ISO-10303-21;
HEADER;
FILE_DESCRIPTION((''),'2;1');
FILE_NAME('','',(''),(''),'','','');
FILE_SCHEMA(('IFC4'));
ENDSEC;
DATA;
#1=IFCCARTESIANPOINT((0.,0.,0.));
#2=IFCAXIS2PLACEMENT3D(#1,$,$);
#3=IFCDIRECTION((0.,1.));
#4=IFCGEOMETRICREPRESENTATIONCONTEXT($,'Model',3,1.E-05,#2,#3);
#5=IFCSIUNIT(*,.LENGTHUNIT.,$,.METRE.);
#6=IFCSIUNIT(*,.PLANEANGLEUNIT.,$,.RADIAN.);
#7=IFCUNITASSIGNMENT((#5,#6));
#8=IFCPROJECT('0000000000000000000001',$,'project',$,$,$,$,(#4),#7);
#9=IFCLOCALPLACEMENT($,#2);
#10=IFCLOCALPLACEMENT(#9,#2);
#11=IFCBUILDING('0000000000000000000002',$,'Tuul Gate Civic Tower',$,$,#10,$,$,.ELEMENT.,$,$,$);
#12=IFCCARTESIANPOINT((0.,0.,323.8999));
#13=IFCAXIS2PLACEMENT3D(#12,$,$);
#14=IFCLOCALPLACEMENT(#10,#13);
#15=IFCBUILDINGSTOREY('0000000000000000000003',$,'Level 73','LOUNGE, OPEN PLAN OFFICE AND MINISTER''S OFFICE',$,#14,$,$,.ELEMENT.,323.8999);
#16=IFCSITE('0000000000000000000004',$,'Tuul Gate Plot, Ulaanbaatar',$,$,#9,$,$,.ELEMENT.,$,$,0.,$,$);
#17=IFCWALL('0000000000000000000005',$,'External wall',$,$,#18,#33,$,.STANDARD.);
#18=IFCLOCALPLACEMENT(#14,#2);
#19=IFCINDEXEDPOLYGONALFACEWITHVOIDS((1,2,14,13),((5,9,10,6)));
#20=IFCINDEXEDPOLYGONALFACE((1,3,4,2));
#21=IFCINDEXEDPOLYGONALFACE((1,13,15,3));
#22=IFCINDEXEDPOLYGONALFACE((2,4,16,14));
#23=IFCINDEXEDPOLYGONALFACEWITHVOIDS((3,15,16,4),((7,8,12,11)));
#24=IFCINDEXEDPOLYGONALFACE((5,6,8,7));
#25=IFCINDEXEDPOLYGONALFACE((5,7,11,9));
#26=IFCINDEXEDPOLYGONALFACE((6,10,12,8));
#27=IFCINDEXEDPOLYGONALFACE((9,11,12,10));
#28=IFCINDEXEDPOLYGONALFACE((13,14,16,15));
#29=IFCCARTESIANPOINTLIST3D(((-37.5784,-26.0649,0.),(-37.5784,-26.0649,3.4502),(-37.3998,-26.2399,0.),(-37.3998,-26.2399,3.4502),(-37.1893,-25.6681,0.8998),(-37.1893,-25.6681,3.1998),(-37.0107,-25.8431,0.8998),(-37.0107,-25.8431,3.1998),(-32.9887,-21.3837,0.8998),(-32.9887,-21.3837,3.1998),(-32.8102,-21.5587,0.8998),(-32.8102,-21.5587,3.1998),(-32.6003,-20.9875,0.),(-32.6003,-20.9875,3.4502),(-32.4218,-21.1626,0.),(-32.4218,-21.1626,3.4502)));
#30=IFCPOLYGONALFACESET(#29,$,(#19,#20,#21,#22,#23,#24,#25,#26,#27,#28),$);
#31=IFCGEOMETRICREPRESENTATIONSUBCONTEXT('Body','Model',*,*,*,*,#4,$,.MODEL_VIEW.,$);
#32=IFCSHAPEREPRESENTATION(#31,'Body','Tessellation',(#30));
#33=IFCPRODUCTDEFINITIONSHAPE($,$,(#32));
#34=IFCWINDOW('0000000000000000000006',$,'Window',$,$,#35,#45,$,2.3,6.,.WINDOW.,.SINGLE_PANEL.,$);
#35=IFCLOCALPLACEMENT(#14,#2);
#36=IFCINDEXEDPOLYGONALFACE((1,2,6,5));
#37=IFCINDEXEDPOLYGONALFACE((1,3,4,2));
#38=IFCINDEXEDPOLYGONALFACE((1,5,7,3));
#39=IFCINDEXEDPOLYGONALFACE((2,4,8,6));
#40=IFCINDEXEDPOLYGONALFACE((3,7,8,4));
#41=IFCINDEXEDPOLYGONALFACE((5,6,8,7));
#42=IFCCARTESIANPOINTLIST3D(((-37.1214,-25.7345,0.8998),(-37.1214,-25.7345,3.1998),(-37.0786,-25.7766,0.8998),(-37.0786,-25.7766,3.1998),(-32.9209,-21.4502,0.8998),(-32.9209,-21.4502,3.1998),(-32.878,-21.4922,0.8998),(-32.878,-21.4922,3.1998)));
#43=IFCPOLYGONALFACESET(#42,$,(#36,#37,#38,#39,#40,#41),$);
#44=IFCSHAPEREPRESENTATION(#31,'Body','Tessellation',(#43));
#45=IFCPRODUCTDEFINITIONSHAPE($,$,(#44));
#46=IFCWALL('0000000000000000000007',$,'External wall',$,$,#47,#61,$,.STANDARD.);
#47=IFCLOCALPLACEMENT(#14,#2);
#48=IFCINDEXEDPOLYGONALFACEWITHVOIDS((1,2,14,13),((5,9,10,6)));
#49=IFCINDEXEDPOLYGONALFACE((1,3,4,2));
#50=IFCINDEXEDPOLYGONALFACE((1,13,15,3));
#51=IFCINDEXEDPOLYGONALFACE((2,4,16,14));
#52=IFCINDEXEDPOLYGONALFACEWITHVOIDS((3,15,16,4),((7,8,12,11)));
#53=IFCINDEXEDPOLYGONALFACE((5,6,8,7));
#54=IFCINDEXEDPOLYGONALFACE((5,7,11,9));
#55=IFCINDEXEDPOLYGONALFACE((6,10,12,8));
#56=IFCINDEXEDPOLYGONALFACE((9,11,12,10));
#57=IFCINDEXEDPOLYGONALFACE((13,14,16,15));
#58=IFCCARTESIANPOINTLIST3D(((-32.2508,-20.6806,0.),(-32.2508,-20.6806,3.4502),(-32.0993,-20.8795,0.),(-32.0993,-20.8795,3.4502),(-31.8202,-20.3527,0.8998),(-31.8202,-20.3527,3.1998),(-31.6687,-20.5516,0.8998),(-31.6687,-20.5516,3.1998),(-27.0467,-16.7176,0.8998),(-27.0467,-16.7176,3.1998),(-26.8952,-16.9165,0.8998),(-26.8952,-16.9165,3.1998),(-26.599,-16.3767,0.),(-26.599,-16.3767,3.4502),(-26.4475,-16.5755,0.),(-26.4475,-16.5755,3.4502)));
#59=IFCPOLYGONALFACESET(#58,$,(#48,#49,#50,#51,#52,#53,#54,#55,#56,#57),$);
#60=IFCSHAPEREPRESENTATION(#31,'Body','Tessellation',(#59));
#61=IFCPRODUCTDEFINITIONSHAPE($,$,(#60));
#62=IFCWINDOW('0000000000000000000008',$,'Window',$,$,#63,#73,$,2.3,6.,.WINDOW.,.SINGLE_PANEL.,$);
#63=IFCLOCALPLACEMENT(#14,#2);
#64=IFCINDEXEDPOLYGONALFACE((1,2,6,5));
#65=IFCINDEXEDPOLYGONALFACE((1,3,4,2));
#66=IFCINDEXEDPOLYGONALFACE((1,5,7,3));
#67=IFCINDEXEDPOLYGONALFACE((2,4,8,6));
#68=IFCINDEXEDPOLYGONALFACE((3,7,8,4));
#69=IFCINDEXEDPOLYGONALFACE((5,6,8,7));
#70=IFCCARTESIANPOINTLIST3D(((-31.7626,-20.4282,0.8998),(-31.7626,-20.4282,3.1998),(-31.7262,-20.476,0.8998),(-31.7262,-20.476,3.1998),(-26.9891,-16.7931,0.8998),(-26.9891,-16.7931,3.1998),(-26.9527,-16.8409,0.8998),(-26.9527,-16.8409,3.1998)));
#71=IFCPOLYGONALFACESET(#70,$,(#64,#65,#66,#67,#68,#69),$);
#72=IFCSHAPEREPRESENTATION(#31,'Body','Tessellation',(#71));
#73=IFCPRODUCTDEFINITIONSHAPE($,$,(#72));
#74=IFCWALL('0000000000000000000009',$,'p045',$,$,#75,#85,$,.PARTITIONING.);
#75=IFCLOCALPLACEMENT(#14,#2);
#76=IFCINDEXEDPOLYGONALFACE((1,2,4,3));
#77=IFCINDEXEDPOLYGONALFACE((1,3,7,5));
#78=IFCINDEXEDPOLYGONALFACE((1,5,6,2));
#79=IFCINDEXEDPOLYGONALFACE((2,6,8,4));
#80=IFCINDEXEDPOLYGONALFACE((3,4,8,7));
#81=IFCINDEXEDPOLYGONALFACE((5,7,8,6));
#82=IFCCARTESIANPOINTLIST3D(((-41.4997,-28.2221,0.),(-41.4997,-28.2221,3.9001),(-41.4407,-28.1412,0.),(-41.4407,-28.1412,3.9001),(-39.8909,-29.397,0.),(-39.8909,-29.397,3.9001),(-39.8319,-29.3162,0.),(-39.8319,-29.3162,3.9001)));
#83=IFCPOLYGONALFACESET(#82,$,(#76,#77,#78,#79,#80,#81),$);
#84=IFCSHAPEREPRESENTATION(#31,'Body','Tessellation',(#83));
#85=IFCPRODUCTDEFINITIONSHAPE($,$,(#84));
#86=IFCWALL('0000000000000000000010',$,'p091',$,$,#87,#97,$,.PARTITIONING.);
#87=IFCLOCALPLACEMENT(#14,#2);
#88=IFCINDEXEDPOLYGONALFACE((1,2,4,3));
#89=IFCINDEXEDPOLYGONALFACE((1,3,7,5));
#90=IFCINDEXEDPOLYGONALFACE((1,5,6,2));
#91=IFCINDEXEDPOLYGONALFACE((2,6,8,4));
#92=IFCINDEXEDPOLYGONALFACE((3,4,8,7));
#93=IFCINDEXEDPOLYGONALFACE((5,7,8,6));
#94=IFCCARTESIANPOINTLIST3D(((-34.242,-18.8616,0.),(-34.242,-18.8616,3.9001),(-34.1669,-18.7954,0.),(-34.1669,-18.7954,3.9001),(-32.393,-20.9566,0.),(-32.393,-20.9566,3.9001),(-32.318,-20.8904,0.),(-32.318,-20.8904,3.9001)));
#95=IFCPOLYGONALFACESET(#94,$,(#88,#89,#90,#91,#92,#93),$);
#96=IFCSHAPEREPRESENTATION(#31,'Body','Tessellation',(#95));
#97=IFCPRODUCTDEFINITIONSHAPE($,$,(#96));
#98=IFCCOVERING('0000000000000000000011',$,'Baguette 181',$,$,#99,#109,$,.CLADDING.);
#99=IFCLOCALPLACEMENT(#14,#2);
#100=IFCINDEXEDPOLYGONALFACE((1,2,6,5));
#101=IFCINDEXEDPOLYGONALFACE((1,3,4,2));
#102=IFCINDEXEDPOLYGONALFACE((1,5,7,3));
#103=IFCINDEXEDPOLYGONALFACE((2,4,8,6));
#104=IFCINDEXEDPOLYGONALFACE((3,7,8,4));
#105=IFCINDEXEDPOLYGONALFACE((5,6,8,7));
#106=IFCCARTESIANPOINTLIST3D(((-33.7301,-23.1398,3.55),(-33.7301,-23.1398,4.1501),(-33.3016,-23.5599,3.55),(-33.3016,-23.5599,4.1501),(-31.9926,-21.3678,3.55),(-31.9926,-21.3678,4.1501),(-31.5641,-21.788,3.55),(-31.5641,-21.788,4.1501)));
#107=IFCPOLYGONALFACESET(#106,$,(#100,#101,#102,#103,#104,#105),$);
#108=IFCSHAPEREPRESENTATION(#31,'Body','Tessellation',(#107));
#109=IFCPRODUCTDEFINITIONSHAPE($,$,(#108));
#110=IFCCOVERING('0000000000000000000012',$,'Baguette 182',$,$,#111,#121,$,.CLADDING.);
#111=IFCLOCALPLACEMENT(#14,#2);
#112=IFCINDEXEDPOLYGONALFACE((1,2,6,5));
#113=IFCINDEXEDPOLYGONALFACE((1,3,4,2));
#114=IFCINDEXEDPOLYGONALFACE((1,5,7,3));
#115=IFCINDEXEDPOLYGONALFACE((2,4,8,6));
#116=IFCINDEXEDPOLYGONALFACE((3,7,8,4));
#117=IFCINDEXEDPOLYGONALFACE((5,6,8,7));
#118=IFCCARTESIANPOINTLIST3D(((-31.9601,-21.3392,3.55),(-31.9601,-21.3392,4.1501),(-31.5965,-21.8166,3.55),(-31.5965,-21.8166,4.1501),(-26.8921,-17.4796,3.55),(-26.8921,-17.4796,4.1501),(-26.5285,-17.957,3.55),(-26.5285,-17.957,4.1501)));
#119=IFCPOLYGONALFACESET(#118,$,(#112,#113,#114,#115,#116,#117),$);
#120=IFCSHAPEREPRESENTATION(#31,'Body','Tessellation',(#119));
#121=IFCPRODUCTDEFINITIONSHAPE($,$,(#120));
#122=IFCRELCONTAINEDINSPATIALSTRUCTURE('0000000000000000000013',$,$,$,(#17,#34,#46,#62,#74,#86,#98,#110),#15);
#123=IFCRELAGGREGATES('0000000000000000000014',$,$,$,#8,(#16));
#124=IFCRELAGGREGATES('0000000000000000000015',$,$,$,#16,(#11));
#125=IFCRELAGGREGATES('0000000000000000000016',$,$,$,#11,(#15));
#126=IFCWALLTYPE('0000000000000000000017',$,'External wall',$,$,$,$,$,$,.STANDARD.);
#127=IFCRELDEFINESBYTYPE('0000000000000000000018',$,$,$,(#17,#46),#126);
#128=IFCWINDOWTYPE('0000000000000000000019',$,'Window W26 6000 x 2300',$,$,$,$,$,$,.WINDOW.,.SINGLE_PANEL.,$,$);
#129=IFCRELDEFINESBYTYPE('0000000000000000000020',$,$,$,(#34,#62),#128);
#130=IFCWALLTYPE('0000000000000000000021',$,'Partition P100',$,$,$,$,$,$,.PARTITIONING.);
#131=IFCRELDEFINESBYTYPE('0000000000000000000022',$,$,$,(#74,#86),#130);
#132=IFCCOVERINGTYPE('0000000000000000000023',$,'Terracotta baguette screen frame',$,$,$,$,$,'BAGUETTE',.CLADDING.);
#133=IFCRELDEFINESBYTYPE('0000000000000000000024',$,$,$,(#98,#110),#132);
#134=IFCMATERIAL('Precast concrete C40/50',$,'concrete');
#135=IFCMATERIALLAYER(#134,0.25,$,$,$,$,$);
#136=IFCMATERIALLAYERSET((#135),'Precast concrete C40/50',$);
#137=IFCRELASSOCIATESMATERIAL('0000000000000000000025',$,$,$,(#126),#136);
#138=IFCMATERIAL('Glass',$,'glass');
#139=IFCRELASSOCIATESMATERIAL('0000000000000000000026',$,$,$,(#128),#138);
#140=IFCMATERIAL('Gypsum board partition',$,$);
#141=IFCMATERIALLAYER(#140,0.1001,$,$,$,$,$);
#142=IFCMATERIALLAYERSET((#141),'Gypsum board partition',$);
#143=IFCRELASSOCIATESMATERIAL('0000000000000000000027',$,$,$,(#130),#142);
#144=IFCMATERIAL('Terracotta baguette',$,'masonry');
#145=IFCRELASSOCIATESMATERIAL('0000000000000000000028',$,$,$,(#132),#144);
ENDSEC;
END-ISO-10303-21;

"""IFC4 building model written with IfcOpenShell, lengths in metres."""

from ifc_helpers import new_model, si_unit, direction, frame, frame_2d, origin, origin_2d, place, context, subcontext, project, spatial, rectangle, extrude, material, layer, layer_set, material_profile, profile_set, type_object, element, fill, save


model = new_model("IFC4")

# Units and contexts
model_context = context("Model", 3, precision=1e-05, world=origin(), true_north=direction((0.0, 1.0)))
body_context = subcontext(model_context, "Body", "Model", "MODEL_VIEW")
ifc_project = project(units=[si_unit("LENGTHUNIT", "METRE"), si_unit("PLANEANGLEUNIT", "RADIAN")], contexts=[model_context])

# Site, building, storey
site_placement = place(None, origin())
site = spatial("IfcSite", under=ifc_project, at=site_placement, Name="Tuul Gate Plot, Ulaanbaatar", CompositionType="ELEMENT", RefElevation=0.0)
building_placement = place(site_placement, origin())
building = spatial("IfcBuilding", under=site, at=building_placement, Name="Tuul Gate Civic Tower", CompositionType="ELEMENT")
storey_placement = place(building_placement, frame((0.0, 0.0, 323.8999)))
storey = spatial("IfcBuildingStorey", under=building, at=storey_placement, Name="Level 73", Description="LOUNGE, OPEN PLAN OFFICE AND MINISTER'S OFFICE", CompositionType="ELEMENT", Elevation=323.8999)

# Shared definitions
ifc_material_1 = material(Name="Precast concrete C40/50", Category="concrete")
ifc_layer_1 = layer(ifc_material_1, 0.25)
ifc_layer_set_1 = layer_set([ifc_layer_1], Name="Precast concrete C40/50")
wall_type_1 = type_object("IfcWallType", Name="External wall", PredefinedType="STANDARD", material=ifc_layer_set_1)

# Walls, openings, windows
wall_1_placement = place(storey_placement, frame((-37.489, -26.1523, 0.0), z_axis=(0.0, 0.0, 1.0), x_axis=(0.700085, 0.714059, 0.0)))
wall_1 = element("IfcWall", 1, at=wall_1_placement, inside=storey, type_object=wall_type_1, Name="External wall", PredefinedType="STANDARD", context=body_context, shape_type="SweptSolid", body=[
    extrude(rectangle(XDim=7.1106, YDim=0.25, at=frame_2d((3.5552, 0.0))), origin(), (0.0, 0.0, 1.0), 3.4502),
])
opening_1_placement = place(wall_1_placement, frame((0.5557, 0.0, 0.8999)))
opening_1 = element("IfcOpeningElement", 2, at=opening_1_placement, cuts=wall_1, PredefinedType="OPENING", context=body_context, shape_type="SweptSolid", body=[
    extrude(rectangle(XDim=6.0, YDim=2.3, at=frame_2d((3.0, 1.1499))), frame((0.0, 0.135, 0.0), z_axis=(0.0, -1.0, 0.0), x_axis=(1.0, 0.0, 0.0)), (0.0, 0.0, 1.0), 0.27),
])
ifc_material_2 = material(Name="Glass", Category="glass")
window_type_1 = type_object("IfcWindowType", Name="Window W26 6000 x 2300", PartitioningType="SINGLE_PANEL", PredefinedType="WINDOW", material=ifc_material_2)
window_1_placement = place(opening_1_placement, origin())
window_1 = element("IfcWindow", 3, at=window_1_placement, inside=storey, type_object=window_type_1, Name="Window", OverallHeight=2.3, OverallWidth=6.0, PartitioningType="SINGLE_PANEL", PredefinedType="WINDOW", context=body_context, shape_type="SweptSolid", body=[
    extrude(rectangle(XDim=6.0, YDim=2.3, at=frame_2d((3.0, 1.1499))), frame((0.0, 0.03, 0.0), z_axis=(0.0, -1.0, 0.0), x_axis=(1.0, 0.0, 0.0)), (0.0, 0.0, 1.0), 0.0601),
])
fill(opening_1, window_1)
wall_2_placement = place(storey_placement, frame((-32.175, -20.78, 0.0), z_axis=(0.0, 0.0, 1.0), x_axis=(0.795582, 0.605845, 0.0)))
wall_2 = element("IfcWall", 4, at=wall_2_placement, inside=storey, type_object=wall_type_1, Name="External wall", PredefinedType="STANDARD", context=body_context, shape_type="SweptSolid", body=[
    extrude(rectangle(XDim=7.104, YDim=0.25, at=frame_2d((3.552, 0.0))), origin(), (0.0, 0.0, 1.0), 3.4502),
])
opening_2_placement = place(wall_2_placement, frame((0.5413, 0.0, 0.8999)))
opening_2 = element("IfcOpeningElement", 5, at=opening_2_placement, cuts=wall_2, PredefinedType="OPENING", context=body_context, shape_type="SweptSolid", body=[
    extrude(rectangle(XDim=6.0, YDim=2.3, at=frame_2d((3.0, 1.1499))), frame((0.0, 0.135, 0.0), z_axis=(0.0, -1.0, 0.0), x_axis=(1.0, 0.0, 0.0)), (0.0, 0.0, 1.0), 0.27),
])
window_2_placement = place(opening_2_placement, origin())
window_2 = element("IfcWindow", 6, at=window_2_placement, inside=storey, type_object=window_type_1, Name="Window", OverallHeight=2.3, OverallWidth=6.0, PartitioningType="SINGLE_PANEL", PredefinedType="WINDOW", context=body_context, shape_type="SweptSolid", body=[
    extrude(rectangle(XDim=6.0, YDim=2.3, at=frame_2d((3.0, 1.1499))), frame((0.0, 0.03, 0.0), z_axis=(0.0, -1.0, 0.0), x_axis=(1.0, 0.0, 0.0)), (0.0, 0.0, 1.0), 0.0601),
])
fill(opening_2, window_2)

# Walls
ifc_material_3 = material(Name="Gypsum board partition")
ifc_layer_2 = layer(ifc_material_3, 0.1001)
ifc_layer_set_2 = layer_set([ifc_layer_2], Name="Gypsum board partition")
wall_type_2 = type_object("IfcWallType", Name="Partition P100", PredefinedType="PARTITIONING", material=ifc_layer_set_2)
wall_3_placement = place(storey_placement, frame((-41.4702, -28.1816, 0.0), z_axis=(0.0, 0.0, 1.0), x_axis=(0.807553, -0.589795, 0.0)))
element("IfcWall", 7, at=wall_3_placement, inside=storey, type_object=wall_type_2, Name="p045", PredefinedType="PARTITIONING", context=body_context, shape_type="SweptSolid", body=[
    extrude(rectangle(XDim=1.9922, YDim=0.1001, at=frame_2d((0.9961, 0.0))), origin(), (0.0, 0.0, 1.0), 3.9001),
])
wall_4_placement = place(storey_placement, frame((-34.2043, -18.8286, 0.0), z_axis=(0.0, 0.0, 1.0), x_axis=(0.661697, -0.749772, 0.0)))
element("IfcWall", 8, at=wall_4_placement, inside=storey, type_object=wall_type_2, Name="p091", PredefinedType="PARTITIONING", context=body_context, shape_type="SweptSolid", body=[
    extrude(rectangle(XDim=2.7942, YDim=0.1001, at=frame_2d((1.397, 0.0))), origin(), (0.0, 0.0, 1.0), 3.9001),
])

# Coverings
ifc_material_4 = material(Name="Terracotta baguette", Category="masonry")
ifc_material_profile_1 = material_profile(ifc_material_4, rectangle(XDim=0.6001, YDim=0.6001, at=origin_2d()), Name="Terracotta baguette screen frame")
ifc_profile_set_1 = profile_set([ifc_material_profile_1], Name="Terracotta baguette")
covering_type = type_object("IfcCoveringType", Name="Terracotta baguette screen frame", ElementType="BAGUETTE", PredefinedType="CLADDING", material=ifc_profile_set_1)
covering_1_placement = place(storey_placement, frame((-33.5159, -23.3499, 3.8501), z_axis=(0.700137, 0.714008, 0.0), x_axis=(-0.714008, 0.700137, 0.0)))
element("IfcCovering", 9, at=covering_1_placement, inside=storey, type_object=covering_type, Name="Baguette 181", PredefinedType="CLADDING", context=body_context, shape_type="SweptSolid", body=[
    extrude(rectangle(XDim=0.6001, YDim=0.6001, at=origin_2d()), origin(), (0.0, 0.0, 1.0), 2.4817),
])
covering_2_placement = place(storey_placement, frame((-31.7783, -21.5779, 3.8501), z_axis=(0.795568, 0.605864, 0.0), x_axis=(-0.605864, 0.795568, 0.0)))
element("IfcCovering", 10, at=covering_2_placement, inside=storey, type_object=covering_type, Name="Baguette 182", PredefinedType="CLADDING", context=body_context, shape_type="SweptSolid", body=[
    extrude(rectangle(XDim=0.6001, YDim=0.6001, at=origin_2d()), origin(), (0.0, 0.0, 1.0), 6.3704),
])

save(model, "model.ifc")
